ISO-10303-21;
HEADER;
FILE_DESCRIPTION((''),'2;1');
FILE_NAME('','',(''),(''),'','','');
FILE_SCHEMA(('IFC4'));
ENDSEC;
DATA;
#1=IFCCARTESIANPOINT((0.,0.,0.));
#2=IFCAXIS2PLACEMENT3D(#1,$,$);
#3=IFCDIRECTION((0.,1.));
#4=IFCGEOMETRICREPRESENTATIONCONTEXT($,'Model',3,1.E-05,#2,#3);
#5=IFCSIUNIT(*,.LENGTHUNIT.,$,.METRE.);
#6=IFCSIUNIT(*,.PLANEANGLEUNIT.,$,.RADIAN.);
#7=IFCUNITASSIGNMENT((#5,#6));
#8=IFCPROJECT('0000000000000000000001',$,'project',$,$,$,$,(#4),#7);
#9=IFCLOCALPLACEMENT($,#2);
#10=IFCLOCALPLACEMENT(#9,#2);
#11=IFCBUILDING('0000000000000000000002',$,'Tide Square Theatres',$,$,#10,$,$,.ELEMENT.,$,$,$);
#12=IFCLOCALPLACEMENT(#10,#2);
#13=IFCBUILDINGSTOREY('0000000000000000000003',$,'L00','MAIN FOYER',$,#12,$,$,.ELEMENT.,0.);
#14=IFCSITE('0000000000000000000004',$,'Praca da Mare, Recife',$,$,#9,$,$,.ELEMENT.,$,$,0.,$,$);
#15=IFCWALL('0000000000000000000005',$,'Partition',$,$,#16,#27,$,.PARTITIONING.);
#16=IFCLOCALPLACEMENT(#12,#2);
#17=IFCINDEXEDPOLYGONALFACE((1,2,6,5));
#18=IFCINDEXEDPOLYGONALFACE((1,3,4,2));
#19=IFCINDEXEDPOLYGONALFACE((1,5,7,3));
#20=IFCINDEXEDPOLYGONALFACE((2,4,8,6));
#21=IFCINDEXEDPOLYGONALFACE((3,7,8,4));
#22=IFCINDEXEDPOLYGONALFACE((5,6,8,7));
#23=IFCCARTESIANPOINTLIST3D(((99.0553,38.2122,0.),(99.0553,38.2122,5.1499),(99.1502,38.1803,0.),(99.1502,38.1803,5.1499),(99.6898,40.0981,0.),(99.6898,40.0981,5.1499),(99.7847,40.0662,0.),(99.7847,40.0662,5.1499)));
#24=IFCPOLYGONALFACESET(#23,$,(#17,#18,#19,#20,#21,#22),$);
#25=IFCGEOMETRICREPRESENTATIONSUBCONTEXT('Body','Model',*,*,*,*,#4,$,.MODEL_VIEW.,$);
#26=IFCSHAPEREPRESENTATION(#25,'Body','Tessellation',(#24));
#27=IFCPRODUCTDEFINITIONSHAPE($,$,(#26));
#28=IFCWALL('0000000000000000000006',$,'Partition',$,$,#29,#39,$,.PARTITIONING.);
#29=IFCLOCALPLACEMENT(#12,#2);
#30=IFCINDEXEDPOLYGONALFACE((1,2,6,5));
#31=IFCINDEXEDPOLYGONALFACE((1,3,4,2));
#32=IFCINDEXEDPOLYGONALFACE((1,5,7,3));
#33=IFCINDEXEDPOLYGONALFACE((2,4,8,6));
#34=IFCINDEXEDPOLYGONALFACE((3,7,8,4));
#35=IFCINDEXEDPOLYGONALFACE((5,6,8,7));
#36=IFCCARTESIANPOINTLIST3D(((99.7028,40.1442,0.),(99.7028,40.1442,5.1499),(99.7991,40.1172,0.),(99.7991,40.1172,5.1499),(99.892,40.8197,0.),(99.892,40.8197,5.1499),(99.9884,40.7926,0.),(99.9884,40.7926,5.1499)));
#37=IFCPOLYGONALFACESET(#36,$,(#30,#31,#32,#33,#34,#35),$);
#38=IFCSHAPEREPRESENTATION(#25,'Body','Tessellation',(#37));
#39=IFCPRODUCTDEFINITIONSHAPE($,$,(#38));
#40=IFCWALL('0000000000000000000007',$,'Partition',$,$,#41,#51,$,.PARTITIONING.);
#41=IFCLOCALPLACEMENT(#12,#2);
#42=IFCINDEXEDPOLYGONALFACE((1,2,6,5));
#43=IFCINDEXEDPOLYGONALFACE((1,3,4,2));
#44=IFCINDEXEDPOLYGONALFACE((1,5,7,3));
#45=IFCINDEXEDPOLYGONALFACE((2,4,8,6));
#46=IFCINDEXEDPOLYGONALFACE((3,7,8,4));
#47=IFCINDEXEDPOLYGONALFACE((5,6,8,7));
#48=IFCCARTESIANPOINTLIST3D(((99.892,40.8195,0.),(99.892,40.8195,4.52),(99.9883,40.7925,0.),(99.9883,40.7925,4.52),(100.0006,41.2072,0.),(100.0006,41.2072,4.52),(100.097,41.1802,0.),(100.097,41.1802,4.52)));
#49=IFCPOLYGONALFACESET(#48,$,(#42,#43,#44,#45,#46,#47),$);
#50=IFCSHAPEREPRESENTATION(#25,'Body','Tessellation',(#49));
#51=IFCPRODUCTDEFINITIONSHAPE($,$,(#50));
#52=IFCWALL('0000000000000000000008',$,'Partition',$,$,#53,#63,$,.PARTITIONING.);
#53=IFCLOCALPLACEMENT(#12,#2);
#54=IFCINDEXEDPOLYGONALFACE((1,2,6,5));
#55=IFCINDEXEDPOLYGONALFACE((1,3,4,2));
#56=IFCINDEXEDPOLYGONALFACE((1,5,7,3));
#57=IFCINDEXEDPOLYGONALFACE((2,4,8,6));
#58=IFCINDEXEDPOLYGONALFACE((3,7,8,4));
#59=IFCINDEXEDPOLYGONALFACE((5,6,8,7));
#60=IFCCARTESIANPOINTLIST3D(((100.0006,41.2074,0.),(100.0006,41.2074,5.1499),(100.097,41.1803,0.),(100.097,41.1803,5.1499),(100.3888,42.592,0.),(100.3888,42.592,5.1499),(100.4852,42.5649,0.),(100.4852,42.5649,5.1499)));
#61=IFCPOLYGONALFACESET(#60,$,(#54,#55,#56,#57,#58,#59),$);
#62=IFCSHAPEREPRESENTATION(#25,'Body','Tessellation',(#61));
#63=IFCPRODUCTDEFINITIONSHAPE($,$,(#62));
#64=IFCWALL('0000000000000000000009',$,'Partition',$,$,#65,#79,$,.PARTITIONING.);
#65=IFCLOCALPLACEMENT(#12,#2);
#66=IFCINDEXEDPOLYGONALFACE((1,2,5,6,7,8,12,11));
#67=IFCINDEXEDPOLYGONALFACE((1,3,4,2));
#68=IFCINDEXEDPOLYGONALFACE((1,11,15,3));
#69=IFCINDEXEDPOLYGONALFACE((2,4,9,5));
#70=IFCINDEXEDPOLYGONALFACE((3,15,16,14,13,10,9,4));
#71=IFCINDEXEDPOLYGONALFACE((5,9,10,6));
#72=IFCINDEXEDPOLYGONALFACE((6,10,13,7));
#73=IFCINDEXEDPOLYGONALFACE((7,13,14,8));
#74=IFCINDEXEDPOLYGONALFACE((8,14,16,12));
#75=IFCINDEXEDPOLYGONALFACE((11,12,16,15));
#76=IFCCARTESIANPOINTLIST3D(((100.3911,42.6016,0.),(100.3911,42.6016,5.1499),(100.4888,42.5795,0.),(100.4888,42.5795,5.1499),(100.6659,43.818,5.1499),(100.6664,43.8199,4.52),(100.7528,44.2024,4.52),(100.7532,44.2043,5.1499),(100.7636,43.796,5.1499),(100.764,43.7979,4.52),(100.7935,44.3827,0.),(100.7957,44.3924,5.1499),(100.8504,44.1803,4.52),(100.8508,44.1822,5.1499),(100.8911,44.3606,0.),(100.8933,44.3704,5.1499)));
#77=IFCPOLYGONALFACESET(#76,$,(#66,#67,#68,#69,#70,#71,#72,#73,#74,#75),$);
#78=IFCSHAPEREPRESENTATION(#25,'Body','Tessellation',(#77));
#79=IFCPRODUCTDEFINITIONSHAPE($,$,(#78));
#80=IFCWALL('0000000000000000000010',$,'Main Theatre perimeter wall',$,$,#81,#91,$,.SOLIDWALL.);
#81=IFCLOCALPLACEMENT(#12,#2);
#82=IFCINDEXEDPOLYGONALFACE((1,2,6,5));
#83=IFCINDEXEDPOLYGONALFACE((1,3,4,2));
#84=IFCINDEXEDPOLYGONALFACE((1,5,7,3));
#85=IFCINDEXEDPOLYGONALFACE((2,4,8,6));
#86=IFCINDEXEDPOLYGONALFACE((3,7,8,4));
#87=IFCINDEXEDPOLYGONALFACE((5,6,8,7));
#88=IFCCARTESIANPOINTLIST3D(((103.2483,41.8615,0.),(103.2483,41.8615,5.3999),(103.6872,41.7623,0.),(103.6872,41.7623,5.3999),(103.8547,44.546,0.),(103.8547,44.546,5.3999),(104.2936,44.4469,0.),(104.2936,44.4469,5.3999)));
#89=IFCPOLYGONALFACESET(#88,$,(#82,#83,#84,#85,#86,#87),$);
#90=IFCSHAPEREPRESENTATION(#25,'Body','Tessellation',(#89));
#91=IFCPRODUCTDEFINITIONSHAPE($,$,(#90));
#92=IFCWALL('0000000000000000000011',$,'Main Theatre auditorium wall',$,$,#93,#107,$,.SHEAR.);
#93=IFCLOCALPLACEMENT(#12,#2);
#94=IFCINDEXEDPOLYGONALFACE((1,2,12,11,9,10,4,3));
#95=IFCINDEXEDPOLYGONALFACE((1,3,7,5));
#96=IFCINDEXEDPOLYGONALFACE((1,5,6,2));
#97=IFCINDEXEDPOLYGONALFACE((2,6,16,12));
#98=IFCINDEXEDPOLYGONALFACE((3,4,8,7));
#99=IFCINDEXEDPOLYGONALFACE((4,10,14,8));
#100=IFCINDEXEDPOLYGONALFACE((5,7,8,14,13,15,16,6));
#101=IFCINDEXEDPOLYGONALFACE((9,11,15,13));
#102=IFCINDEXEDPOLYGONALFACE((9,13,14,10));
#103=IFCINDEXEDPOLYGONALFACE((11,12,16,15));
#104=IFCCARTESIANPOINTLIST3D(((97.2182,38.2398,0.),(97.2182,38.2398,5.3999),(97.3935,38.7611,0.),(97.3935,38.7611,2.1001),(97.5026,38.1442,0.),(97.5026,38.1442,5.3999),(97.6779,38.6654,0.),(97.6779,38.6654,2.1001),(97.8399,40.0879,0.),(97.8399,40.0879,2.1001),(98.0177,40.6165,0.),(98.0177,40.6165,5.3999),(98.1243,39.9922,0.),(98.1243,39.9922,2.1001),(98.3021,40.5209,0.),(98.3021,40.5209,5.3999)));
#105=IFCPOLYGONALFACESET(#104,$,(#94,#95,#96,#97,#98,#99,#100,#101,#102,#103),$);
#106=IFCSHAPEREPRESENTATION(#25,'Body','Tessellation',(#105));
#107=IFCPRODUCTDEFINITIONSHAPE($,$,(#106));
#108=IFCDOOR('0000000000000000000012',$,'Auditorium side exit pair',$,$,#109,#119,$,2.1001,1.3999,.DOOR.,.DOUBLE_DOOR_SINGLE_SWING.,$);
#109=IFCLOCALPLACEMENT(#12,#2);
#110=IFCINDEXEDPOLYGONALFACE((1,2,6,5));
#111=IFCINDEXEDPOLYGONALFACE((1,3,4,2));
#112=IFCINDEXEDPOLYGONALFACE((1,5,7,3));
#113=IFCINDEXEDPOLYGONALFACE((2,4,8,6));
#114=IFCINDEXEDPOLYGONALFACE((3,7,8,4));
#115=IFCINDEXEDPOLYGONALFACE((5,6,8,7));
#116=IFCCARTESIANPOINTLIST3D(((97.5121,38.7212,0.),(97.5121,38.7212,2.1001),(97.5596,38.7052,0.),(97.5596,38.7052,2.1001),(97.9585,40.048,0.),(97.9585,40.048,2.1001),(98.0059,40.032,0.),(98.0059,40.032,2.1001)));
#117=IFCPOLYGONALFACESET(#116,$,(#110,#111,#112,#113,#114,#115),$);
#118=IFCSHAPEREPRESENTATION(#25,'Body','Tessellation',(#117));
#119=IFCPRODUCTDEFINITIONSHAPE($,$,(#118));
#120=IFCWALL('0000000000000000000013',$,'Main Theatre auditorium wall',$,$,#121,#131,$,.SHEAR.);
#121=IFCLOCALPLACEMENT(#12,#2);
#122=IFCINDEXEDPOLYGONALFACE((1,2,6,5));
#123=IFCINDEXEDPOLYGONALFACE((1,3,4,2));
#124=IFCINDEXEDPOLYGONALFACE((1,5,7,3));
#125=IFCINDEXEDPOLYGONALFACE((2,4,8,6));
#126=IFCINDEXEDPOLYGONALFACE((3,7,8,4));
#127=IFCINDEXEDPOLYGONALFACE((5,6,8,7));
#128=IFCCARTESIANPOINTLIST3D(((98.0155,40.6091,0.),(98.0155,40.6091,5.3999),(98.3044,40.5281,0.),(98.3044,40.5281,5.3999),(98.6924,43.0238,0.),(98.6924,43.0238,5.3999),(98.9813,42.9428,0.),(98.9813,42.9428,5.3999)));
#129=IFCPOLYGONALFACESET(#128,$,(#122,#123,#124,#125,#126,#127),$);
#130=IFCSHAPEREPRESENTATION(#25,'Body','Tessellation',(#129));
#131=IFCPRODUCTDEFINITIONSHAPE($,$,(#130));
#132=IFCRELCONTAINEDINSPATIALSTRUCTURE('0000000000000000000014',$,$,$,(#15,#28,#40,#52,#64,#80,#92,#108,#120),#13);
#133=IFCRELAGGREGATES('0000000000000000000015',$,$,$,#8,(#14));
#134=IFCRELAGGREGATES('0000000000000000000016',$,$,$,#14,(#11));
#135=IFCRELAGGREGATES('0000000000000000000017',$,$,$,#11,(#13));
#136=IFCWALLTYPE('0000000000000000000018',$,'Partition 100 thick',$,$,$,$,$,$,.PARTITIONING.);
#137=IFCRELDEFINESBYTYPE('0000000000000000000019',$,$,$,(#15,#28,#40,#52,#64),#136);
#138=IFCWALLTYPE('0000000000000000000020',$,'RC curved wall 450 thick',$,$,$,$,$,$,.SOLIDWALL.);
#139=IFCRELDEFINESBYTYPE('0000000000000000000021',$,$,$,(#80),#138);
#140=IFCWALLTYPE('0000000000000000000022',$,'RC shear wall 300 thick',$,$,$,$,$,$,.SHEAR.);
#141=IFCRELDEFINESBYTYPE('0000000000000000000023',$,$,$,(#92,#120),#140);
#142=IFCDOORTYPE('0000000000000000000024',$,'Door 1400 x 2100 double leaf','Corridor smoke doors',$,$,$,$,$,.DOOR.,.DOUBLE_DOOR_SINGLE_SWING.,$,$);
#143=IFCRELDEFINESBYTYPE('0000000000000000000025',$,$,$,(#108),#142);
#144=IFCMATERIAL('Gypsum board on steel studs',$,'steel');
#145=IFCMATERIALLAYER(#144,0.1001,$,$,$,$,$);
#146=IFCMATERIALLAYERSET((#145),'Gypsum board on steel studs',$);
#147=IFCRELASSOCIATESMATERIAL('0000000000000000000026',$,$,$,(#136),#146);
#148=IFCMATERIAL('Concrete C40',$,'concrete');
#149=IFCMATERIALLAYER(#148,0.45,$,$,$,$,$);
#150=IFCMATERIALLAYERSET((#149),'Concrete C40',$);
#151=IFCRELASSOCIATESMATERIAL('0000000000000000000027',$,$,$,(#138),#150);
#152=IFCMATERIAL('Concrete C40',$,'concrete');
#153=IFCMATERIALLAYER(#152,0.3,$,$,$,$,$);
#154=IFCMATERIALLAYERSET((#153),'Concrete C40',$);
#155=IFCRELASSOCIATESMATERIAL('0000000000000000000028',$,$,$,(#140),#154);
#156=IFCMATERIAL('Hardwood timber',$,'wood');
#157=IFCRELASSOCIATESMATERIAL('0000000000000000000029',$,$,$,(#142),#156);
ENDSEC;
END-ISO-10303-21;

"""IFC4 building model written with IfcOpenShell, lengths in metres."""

from ifc_helpers import new_model, si_unit, direction, frame, frame_2d, origin, place, context, subcontext, project, spatial, polyline, rectangle, outline, extrude, material, layer, layer_set, type_object, element, fill, save


model = new_model("IFC4")

# Units and contexts
model_context = context("Model", 3, precision=1e-05, world=origin(), true_north=direction((0.0, 1.0)))
body_context = subcontext(model_context, "Body", "Model", "MODEL_VIEW")
ifc_project = project(units=[si_unit("LENGTHUNIT", "METRE"), si_unit("PLANEANGLEUNIT", "RADIAN")], contexts=[model_context])

# Site, building, storey
site_placement = place(None, origin())
site = spatial("IfcSite", under=ifc_project, at=site_placement, Name="Praca da Mare, Recife", CompositionType="ELEMENT", RefElevation=0.0)
building_placement = place(site_placement, origin())
building = spatial("IfcBuilding", under=site, at=building_placement, Name="Tide Square Theatres", CompositionType="ELEMENT")
storey_placement = place(building_placement, origin())
storey = spatial("IfcBuildingStorey", under=building, at=storey_placement, Name="L00", Description="MAIN FOYER", CompositionType="ELEMENT", Elevation=0.0)

# Walls
ifc_material_1 = material(Name="Gypsum board on steel studs", Category="steel")
ifc_layer_1 = layer(ifc_material_1, 0.1001)
ifc_layer_set_1 = layer_set([ifc_layer_1], Name="Gypsum board on steel studs")
wall_type_1 = type_object("IfcWallType", Name="Partition 100 thick", PredefinedType="PARTITIONING", material=ifc_layer_set_1)
wall_1_placement = place(storey_placement, frame((99.1028, 38.1963, 0.0), z_axis=(0.0, 0.0, 1.0), x_axis=(0.318877, 0.947796, 0.0)))
element("IfcWall", 1, at=wall_1_placement, inside=storey, type_object=wall_type_1, Name="Partition", PredefinedType="PARTITIONING", context=body_context, shape_type="SweptSolid", body=[
    extrude(rectangle(XDim=1.9897, YDim=0.1001, at=frame_2d((0.9949, 0.0))), origin(), (0.0, 0.0, 1.0), 5.1499),
])
wall_2_placement = place(storey_placement, frame((99.751, 40.1309, 0.0), z_axis=(0.0, 0.0, 1.0), x_axis=(0.269798, 0.962917, 0.0)))
element("IfcWall", 2, at=wall_2_placement, inside=storey, type_object=wall_type_1, Name="Partition", PredefinedType="PARTITIONING", context=body_context, shape_type="SweptSolid", body=[
    extrude(rectangle(XDim=0.7014, YDim=0.1001, at=frame_2d((0.3506, 0.0))), origin(), (0.0, 0.0, 1.0), 5.1499),
])
wall_3_placement = place(storey_placement, frame((99.9402, 40.8062, 0.0), z_axis=(0.0, 0.0, 1.0), x_axis=(0.269832, 0.962907, 0.0)))
element("IfcWall", 3, at=wall_3_placement, inside=storey, type_object=wall_type_1, Name="Partition", PredefinedType="PARTITIONING", context=body_context, shape_type="SweptSolid", body=[
    extrude(rectangle(XDim=0.4026, YDim=0.1001, at=frame_2d((0.2012, 0.0))), origin(), (0.0, 0.0, 1.0), 4.52),
])
wall_4_placement = place(storey_placement, frame((100.0488, 41.1938, 0.0), z_axis=(0.0, 0.0, 1.0), x_axis=(0.269964, 0.962871, 0.0)))
element("IfcWall", 4, at=wall_4_placement, inside=storey, type_object=wall_type_1, Name="Partition", PredefinedType="PARTITIONING", context=body_context, shape_type="SweptSolid", body=[
    extrude(rectangle(XDim=1.438, YDim=0.1001, at=frame_2d((0.719, 0.0))), origin(), (0.0, 0.0, 1.0), 5.1499),
])
wall_5_placement = place(storey_placement, frame((100.4399, 42.5906, 0.0), z_axis=(0.0, 0.0, 1.0), x_axis=(0.220355, 0.97542, 0.0)))
element("IfcWall", 5, at=wall_5_placement, inside=storey, type_object=wall_type_1, Name="Partition", PredefinedType="PARTITIONING", context=body_context, shape_type="SweptSolid", body=[
    extrude(outline(polyline([(0.0, 0.0), (1.8259, 0.0), (1.8359, 5.1499), (1.6431, 5.1499), (1.6411, 4.52), (1.249, 4.52), (1.2471, 5.1499), (0.0, 5.1499), (0.0, 0.0)])), frame((0.0, 0.05, 0.0), z_axis=(0.0, -1.0, 0.0), x_axis=(1.0, 0.0, 0.0)), (0.0, 0.0, 1.0), 0.1001),
])

# Shared definitions
ifc_material_2 = material(Name="Concrete C40", Category="concrete")
ifc_layer_2 = layer(ifc_material_2, 0.45)
ifc_layer_set_2 = layer_set([ifc_layer_2], Name="Concrete C40")
wall_type_2 = type_object("IfcWallType", Name="RC curved wall 450 thick", PredefinedType="SOLIDWALL", material=ifc_layer_set_2)

# Wall
wall_6_placement = place(storey_placement, frame((103.4678, 41.812, 0.0), z_axis=(0.0, 0.0, 1.0), x_axis=(0.220348, 0.975421, 0.0)))
element("IfcWall", 6, at=wall_6_placement, inside=storey, type_object=wall_type_2, Name="Main Theatre perimeter wall", PredefinedType="SOLIDWALL", context=body_context, shape_type="SweptSolid", body=[
    extrude(rectangle(XDim=2.7522, YDim=0.45, at=frame_2d((1.376, 0.0))), origin(), (0.0, 0.0, 1.0), 5.3999),
])

# Wall, opening, door
ifc_material_3 = material(Name="Concrete C40", Category="concrete")
ifc_layer_3 = layer(ifc_material_3, 0.3)
ifc_layer_set_3 = layer_set([ifc_layer_3], Name="Concrete C40")
wall_type_3 = type_object("IfcWallType", Name="RC shear wall 300 thick", PredefinedType="SHEAR", material=ifc_layer_set_3)
wall_7_placement = place(storey_placement, frame((97.3604, 38.1919, 0.0), z_axis=(0.0, 0.0, 1.0), x_axis=(0.318855, 0.947803, 0.0)))
wall_7 = element("IfcWall", 7, at=wall_7_placement, inside=storey, type_object=wall_type_3, Name="Main Theatre auditorium wall", PredefinedType="SHEAR", context=body_context, shape_type="SweptSolid", body=[
    extrude(rectangle(XDim=2.5076, YDim=0.3, at=frame_2d((1.2539, 0.0))), origin(), (0.0, 0.0, 1.0), 5.3999),
])
opening_1_placement = place(wall_7_placement, frame((0.55, 0.0, 0.0)))
opening_1 = element("IfcOpeningElement", 8, at=opening_1_placement, cuts=wall_7, PredefinedType="OPENING", context=body_context, shape_type="SweptSolid", body=[
    extrude(rectangle(XDim=1.3999, YDim=2.1001, at=frame_2d((0.7, 1.05))), frame((0.0, 0.1599, 0.0), z_axis=(0.0, -1.0, 0.0), x_axis=(1.0, 0.0, 0.0)), (0.0, 0.0, 1.0), 0.3201),
])
ifc_material_4 = material(Name="Hardwood timber", Category="wood")
door_type_1 = type_object("IfcDoorType", Name="Door 1400 x 2100 double leaf", Description="Corridor smoke doors", OperationType="DOUBLE_DOOR_SINGLE_SWING", PredefinedType="DOOR", material=ifc_material_4)
door_1_placement = place(opening_1_placement, origin())
door_1 = element("IfcDoor", 9, at=door_1_placement, inside=storey, type_object=door_type_1, Name="Auditorium side exit pair", OperationType="DOUBLE_DOOR_SINGLE_SWING", OverallHeight=2.1001, OverallWidth=1.3999, PredefinedType="DOOR", context=body_context, shape_type="SweptSolid", body=[
    extrude(rectangle(XDim=1.3999, YDim=2.1001, at=frame_2d((0.7, 1.05))), frame((0.0, 0.0249, 0.0), z_axis=(0.0, -1.0, 0.0), x_axis=(1.0, 0.0, 0.0)), (0.0, 0.0, 1.0), 0.05),
])
fill(opening_1, door_1)

# Wall
wall_8_placement = place(storey_placement, frame((98.1599, 40.5686, 0.0), z_axis=(0.0, 0.0, 1.0), x_axis=(0.269948, 0.962875, 0.0)))
element("IfcWall", 10, at=wall_8_placement, inside=storey, type_object=wall_type_3, Name="Main Theatre auditorium wall", PredefinedType="SHEAR", context=body_context, shape_type="SweptSolid", body=[
    extrude(rectangle(XDim=2.5078, YDim=0.3, at=frame_2d((1.2539, 0.0))), origin(), (0.0, 0.0, 1.0), 5.3999),
])

save(model, "model.ifc")
